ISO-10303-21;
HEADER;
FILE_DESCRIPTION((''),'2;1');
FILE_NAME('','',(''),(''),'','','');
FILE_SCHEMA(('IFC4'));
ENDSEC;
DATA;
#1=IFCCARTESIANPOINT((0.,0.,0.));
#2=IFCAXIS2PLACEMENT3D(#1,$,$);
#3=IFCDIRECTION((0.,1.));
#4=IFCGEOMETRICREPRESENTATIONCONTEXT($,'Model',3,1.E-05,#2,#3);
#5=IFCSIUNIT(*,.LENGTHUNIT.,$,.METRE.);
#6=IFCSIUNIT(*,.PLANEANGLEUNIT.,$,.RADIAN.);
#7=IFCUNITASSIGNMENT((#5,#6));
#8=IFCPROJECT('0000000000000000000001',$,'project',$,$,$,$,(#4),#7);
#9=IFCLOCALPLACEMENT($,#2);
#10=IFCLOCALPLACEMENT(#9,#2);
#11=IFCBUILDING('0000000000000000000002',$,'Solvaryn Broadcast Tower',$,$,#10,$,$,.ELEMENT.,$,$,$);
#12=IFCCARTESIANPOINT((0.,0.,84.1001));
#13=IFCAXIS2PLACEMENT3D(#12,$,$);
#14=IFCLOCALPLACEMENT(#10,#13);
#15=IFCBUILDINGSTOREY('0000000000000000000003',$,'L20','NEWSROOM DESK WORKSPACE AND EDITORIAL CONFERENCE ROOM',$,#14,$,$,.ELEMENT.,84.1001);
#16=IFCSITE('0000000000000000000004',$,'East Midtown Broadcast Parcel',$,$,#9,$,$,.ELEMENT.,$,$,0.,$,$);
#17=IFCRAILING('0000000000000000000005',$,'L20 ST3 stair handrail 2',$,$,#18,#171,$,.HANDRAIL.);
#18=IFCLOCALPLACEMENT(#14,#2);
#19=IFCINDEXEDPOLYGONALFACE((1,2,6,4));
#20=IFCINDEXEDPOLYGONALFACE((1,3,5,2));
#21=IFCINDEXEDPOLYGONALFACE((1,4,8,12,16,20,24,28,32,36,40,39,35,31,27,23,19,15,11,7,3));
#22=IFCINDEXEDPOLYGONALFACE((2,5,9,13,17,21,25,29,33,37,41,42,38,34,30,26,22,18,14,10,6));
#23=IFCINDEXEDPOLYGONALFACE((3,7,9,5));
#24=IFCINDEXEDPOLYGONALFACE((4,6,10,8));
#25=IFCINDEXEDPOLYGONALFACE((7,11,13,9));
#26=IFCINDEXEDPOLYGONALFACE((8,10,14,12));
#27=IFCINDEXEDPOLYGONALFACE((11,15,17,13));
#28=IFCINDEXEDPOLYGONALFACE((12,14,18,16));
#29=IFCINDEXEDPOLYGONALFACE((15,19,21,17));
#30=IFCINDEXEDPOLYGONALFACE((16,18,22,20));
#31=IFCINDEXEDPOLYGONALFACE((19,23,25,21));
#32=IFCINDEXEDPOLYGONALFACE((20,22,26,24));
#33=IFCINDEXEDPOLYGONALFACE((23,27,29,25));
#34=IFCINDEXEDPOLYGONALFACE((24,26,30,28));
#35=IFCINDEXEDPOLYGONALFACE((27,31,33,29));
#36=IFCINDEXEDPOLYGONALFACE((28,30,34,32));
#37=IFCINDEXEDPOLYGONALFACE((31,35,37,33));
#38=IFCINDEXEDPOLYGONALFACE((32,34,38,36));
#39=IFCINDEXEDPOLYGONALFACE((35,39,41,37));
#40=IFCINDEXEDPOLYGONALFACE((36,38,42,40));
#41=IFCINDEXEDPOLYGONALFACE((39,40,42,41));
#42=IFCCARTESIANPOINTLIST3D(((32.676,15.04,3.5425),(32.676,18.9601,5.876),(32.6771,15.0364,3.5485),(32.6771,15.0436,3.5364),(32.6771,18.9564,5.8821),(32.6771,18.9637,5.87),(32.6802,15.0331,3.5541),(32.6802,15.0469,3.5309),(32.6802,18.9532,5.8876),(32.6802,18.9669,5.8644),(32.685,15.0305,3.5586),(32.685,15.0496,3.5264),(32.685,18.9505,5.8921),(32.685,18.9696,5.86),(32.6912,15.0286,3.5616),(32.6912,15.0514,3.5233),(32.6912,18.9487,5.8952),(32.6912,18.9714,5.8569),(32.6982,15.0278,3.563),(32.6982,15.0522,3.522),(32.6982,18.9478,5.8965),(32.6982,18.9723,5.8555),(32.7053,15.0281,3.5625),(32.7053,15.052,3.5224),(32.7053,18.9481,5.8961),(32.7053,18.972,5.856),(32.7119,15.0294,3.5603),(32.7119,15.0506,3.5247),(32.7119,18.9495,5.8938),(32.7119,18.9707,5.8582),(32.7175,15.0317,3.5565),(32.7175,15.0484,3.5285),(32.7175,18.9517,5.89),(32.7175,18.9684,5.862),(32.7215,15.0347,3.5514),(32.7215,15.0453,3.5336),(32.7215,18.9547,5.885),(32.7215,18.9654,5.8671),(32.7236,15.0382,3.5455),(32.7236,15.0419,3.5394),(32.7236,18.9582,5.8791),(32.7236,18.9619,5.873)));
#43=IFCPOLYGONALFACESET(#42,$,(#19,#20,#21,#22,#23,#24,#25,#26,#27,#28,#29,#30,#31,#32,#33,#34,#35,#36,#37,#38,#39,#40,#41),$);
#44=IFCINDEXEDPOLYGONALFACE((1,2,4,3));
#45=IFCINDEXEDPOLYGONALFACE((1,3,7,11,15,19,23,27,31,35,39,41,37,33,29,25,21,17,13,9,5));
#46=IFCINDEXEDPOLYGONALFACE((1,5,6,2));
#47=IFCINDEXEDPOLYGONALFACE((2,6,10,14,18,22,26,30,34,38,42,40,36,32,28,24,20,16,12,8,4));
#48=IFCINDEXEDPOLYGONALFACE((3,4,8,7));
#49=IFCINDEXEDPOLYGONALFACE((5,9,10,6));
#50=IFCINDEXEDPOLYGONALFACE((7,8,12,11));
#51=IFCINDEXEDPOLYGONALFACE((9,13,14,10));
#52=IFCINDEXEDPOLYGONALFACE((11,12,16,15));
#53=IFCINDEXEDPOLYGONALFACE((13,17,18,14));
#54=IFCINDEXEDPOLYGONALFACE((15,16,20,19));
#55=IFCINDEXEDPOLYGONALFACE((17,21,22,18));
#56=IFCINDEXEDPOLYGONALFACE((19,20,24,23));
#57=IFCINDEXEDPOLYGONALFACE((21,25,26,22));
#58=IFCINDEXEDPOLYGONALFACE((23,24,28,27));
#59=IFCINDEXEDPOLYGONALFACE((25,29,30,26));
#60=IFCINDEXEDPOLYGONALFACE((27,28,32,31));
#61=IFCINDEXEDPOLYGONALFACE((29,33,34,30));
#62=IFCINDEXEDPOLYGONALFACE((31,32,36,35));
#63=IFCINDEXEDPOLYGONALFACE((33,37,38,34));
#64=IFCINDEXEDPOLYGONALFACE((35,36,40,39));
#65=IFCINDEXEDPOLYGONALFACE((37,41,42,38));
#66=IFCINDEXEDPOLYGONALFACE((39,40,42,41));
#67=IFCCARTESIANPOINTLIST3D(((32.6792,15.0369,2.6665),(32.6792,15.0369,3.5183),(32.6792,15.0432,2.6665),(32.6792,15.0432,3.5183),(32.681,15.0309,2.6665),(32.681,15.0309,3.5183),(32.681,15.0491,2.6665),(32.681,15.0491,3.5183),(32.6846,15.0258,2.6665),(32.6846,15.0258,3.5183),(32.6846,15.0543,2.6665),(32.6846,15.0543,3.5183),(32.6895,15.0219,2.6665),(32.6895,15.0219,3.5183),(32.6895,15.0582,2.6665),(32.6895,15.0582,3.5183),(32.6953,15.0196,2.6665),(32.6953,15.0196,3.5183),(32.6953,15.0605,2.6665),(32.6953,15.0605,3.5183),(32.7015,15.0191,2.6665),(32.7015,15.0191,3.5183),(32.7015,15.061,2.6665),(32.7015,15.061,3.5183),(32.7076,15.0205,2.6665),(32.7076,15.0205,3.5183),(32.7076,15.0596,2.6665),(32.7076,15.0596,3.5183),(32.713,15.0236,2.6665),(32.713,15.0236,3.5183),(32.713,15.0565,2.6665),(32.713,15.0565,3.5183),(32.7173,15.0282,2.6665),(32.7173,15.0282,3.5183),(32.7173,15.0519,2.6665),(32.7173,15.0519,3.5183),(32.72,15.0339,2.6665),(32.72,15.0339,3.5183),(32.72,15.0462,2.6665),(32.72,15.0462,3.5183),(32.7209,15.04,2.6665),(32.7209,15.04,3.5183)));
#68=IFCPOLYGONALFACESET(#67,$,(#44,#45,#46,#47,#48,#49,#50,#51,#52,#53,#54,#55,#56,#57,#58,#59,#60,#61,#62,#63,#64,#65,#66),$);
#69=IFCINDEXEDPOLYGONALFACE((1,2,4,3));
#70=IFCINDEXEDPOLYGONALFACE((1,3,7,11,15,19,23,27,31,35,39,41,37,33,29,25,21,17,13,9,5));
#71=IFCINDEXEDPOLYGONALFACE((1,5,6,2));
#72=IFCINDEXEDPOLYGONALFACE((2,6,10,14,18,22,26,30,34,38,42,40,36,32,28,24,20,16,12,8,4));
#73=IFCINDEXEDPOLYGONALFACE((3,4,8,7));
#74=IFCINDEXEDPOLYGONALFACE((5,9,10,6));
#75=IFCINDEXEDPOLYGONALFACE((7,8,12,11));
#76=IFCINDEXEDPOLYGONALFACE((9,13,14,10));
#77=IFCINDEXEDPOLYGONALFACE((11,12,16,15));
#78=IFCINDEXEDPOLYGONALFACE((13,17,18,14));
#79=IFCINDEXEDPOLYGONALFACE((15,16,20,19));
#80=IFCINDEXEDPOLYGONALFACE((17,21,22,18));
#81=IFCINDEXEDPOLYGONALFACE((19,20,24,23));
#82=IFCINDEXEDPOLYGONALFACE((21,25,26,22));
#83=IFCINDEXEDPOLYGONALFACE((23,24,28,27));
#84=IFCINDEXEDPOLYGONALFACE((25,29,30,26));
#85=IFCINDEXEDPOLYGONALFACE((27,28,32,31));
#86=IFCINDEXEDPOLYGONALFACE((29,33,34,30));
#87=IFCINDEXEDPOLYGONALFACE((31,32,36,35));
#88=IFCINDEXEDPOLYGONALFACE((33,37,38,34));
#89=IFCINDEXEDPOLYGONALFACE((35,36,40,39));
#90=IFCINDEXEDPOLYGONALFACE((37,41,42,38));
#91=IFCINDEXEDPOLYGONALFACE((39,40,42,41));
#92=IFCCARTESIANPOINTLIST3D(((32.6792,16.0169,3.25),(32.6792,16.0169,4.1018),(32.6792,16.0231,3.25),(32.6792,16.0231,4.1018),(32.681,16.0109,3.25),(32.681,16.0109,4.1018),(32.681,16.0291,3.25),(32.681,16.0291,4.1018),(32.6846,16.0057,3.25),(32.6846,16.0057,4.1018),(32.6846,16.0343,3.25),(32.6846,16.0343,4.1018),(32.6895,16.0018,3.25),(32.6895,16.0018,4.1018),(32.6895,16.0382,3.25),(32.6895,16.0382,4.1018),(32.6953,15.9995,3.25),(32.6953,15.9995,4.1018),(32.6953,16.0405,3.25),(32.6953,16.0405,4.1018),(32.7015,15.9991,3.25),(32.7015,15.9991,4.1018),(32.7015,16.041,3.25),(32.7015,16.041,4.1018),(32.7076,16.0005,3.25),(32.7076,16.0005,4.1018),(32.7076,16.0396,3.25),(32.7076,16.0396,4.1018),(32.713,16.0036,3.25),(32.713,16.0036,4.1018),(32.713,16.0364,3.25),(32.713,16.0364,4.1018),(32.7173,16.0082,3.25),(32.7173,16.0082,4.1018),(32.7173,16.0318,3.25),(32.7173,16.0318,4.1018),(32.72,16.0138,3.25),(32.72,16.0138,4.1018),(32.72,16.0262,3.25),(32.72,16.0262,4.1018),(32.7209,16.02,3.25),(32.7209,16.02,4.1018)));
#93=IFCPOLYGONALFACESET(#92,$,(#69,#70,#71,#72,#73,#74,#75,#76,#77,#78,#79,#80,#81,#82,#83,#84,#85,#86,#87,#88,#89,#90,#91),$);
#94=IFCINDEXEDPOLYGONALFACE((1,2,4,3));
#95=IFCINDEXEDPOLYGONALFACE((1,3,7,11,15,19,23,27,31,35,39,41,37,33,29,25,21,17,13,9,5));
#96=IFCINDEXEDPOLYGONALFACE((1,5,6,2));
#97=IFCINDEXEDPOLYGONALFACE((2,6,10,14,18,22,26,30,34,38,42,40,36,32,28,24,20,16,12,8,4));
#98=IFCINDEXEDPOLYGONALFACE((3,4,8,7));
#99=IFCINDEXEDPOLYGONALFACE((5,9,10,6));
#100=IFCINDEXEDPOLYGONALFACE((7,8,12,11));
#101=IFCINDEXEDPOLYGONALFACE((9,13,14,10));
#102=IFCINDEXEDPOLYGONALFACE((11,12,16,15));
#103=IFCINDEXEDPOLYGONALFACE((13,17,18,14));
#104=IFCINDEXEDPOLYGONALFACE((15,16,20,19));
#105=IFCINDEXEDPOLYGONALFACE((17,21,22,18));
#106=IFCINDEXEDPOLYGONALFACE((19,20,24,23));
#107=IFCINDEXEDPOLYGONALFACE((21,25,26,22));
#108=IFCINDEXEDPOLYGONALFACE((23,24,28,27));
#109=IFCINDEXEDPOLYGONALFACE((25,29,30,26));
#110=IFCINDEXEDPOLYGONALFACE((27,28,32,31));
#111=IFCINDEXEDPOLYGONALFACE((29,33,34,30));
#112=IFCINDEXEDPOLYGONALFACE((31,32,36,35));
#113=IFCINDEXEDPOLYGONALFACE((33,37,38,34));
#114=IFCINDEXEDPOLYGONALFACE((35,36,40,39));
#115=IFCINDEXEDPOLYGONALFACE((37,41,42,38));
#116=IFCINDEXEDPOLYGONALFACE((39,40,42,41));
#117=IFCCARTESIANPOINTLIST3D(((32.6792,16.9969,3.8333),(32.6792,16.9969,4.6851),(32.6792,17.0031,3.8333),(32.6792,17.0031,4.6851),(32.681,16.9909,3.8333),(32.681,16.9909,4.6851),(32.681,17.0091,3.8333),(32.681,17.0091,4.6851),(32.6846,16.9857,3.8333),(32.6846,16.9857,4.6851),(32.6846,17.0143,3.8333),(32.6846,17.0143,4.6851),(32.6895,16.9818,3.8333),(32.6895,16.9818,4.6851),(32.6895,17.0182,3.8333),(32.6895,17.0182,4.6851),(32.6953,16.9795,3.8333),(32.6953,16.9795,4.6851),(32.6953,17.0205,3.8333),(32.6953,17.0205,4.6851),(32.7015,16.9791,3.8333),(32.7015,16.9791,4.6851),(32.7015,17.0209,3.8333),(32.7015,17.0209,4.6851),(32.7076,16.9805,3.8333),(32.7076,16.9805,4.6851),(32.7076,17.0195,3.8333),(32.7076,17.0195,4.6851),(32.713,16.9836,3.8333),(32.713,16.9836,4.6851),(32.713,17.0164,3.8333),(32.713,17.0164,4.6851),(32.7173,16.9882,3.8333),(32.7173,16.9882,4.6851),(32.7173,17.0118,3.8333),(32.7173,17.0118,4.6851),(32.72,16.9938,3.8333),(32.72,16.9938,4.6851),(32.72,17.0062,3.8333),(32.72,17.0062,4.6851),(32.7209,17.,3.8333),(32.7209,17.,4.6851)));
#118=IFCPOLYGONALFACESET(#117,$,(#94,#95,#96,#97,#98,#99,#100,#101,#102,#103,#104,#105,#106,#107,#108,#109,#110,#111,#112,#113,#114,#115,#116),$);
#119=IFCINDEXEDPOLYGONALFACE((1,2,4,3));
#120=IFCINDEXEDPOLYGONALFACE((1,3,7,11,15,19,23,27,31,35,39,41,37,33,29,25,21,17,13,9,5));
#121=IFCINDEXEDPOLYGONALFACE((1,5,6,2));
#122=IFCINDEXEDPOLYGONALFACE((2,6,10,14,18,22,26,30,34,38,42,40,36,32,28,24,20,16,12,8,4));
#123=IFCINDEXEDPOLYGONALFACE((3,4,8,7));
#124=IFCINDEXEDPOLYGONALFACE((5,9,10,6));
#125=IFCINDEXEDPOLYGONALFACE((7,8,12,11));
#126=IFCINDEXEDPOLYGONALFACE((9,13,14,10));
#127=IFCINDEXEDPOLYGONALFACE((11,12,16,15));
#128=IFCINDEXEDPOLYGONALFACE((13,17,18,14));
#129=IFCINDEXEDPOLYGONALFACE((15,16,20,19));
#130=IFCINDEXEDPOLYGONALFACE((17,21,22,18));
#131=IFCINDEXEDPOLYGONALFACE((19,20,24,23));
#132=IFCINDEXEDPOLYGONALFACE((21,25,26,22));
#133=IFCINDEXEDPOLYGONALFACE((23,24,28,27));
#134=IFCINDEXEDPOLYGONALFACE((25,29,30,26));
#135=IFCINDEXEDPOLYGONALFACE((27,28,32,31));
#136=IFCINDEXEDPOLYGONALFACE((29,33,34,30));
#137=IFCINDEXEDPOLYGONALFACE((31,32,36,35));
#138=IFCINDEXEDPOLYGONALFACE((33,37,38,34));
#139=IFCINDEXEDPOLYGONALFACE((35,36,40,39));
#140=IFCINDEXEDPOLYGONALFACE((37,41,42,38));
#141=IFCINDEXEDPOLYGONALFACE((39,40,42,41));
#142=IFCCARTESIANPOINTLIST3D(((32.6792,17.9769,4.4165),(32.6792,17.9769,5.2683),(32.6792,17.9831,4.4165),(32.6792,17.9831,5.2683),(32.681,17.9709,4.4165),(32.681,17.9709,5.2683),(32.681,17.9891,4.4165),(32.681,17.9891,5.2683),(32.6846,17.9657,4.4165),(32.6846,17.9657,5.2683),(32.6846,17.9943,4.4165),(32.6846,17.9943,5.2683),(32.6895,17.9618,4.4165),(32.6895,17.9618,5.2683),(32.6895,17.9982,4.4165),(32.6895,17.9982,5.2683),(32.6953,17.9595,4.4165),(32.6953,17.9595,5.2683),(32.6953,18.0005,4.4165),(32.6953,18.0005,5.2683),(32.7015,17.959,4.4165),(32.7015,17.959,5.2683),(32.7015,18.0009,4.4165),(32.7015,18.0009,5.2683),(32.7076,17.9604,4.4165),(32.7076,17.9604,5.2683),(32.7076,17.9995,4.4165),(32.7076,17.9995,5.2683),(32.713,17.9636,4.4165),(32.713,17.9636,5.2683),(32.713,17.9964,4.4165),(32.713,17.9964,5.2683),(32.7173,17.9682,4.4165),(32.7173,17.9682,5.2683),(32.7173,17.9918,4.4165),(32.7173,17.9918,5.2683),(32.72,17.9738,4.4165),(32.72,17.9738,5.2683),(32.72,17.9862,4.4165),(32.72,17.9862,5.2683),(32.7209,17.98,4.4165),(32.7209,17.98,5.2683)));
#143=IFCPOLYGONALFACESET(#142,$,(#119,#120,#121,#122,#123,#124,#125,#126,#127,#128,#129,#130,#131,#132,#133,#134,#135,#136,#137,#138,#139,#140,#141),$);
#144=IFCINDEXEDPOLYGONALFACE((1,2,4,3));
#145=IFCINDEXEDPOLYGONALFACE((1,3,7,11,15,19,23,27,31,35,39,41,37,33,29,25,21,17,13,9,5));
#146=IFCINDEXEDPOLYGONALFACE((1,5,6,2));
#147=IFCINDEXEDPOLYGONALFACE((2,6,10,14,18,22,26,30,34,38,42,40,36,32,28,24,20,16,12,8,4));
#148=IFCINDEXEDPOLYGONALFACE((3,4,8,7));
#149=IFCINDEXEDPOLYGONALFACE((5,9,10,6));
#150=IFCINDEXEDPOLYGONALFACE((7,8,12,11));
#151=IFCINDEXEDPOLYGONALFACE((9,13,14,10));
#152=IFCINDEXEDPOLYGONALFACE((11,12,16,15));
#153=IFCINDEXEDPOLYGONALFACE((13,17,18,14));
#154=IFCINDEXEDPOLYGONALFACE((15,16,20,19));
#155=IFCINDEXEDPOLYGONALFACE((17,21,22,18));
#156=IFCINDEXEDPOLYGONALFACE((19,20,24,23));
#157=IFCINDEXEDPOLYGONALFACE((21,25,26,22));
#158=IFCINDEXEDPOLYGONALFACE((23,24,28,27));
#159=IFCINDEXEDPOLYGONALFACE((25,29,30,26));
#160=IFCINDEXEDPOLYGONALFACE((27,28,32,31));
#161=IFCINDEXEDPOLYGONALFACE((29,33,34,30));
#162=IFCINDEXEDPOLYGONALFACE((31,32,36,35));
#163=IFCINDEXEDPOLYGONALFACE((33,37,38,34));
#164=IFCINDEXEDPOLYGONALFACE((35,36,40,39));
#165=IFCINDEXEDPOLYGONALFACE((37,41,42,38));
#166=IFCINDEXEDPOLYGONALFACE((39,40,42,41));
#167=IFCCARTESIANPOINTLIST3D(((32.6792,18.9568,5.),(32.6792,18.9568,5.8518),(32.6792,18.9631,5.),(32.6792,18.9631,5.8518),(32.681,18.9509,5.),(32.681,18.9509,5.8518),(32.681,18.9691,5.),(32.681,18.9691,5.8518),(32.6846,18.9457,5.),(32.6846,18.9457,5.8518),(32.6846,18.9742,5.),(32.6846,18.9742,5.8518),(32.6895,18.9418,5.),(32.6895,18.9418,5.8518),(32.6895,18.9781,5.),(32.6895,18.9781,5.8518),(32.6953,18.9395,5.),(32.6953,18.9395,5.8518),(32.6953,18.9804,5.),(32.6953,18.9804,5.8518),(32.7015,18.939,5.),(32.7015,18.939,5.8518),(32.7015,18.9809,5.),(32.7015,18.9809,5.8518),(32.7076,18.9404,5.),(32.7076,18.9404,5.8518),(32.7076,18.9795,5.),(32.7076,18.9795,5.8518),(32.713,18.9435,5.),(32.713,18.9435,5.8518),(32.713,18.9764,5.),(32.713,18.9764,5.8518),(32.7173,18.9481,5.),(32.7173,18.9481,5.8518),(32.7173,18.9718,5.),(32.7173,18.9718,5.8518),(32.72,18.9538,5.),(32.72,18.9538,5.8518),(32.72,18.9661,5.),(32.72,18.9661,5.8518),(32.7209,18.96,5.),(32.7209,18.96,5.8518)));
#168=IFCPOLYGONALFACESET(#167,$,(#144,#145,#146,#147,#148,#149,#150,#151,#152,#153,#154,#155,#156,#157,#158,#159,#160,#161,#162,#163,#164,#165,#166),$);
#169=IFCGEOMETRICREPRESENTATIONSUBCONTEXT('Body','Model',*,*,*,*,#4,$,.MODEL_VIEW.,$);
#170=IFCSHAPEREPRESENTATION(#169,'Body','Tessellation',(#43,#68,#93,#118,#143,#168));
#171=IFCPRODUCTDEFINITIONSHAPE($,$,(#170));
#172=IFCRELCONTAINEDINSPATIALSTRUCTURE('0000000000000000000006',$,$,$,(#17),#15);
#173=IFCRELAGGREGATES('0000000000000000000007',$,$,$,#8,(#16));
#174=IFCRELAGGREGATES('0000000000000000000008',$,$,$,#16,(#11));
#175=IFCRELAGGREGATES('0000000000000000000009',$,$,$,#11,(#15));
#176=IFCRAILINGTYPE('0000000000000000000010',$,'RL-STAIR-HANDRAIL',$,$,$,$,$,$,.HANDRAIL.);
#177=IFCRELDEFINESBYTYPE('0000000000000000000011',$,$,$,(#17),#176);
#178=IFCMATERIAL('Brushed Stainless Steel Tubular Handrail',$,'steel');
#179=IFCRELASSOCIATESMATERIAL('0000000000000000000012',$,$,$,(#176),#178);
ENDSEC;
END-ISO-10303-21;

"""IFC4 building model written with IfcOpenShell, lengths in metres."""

from ifc_helpers import new_model, si_unit, direction, frame, origin, origin_2d, place, context, subcontext, project, spatial, circle, extrude, material, type_object, element, save


model = new_model("IFC4")

# Units and contexts
model_context = context("Model", 3, precision=1e-05, world=origin(), true_north=direction((0.0, 1.0)))
body_context = subcontext(model_context, "Body", "Model", "MODEL_VIEW")
ifc_project = project(units=[si_unit("LENGTHUNIT", "METRE"), si_unit("PLANEANGLEUNIT", "RADIAN")], contexts=[model_context])

# Site, building, storey
site_placement = place(None, origin())
site = spatial("IfcSite", under=ifc_project, at=site_placement, Name="East Midtown Broadcast Parcel", CompositionType="ELEMENT", RefElevation=0.0)
building_placement = place(site_placement, origin())
building = spatial("IfcBuilding", under=site, at=building_placement, Name="Solvaryn Broadcast Tower", CompositionType="ELEMENT")
storey_placement = place(building_placement, frame((0.0, 0.0, 84.1001)))
storey = spatial("IfcBuildingStorey", under=building, at=storey_placement, Name="L20", Description="NEWSROOM DESK WORKSPACE AND EDITORIAL CONFERENCE ROOM", CompositionType="ELEMENT", Elevation=84.1001)

# Railing
ifc_material_1 = material(Name="Brushed Stainless Steel Tubular Handrail", Category="steel")
railing_type_1 = type_object("IfcRailingType", Name="RL-STAIR-HANDRAIL", PredefinedType="HANDRAIL", material=ifc_material_1)
railing_1_placement = place(storey_placement, frame((32.7, 15.04, 2.6665)))
element("IfcRailing", 1, at=railing_1_placement, inside=storey, type_object=railing_type_1, Name="L20 ST3 stair handrail 2", PredefinedType="HANDRAIL", context=body_context, shape_type="SweptSolid", body=[
    extrude(circle(Radius=0.0239, at=origin_2d()), frame((0.0, 0.0, 0.876), z_axis=(0.0, 0.859273, 0.511518), x_axis=(-1.0, 0.0, 0.0)), (0.0, 0.0, 1.0), 4.562),
    extrude(circle(Radius=0.021, at=origin_2d()), origin(), (0.0, 0.0, 1.0), 0.8518),
    extrude(circle(Radius=0.021, at=origin_2d()), frame((0.0, 0.98, 0.5835)), (0.0, 0.0, 1.0), 0.8518),
    extrude(circle(Radius=0.021, at=origin_2d()), frame((0.0, 1.96, 1.1667)), (0.0, 0.0, 1.0), 0.8518),
    extrude(circle(Radius=0.021, at=origin_2d()), frame((0.0, 2.9399, 1.75)), (0.0, 0.0, 1.0), 0.8518),
    extrude(circle(Radius=0.021, at=origin_2d()), frame((0.0, 3.9199, 2.3335)), (0.0, 0.0, 1.0), 0.8518),
])

save(model, "model.ifc")
